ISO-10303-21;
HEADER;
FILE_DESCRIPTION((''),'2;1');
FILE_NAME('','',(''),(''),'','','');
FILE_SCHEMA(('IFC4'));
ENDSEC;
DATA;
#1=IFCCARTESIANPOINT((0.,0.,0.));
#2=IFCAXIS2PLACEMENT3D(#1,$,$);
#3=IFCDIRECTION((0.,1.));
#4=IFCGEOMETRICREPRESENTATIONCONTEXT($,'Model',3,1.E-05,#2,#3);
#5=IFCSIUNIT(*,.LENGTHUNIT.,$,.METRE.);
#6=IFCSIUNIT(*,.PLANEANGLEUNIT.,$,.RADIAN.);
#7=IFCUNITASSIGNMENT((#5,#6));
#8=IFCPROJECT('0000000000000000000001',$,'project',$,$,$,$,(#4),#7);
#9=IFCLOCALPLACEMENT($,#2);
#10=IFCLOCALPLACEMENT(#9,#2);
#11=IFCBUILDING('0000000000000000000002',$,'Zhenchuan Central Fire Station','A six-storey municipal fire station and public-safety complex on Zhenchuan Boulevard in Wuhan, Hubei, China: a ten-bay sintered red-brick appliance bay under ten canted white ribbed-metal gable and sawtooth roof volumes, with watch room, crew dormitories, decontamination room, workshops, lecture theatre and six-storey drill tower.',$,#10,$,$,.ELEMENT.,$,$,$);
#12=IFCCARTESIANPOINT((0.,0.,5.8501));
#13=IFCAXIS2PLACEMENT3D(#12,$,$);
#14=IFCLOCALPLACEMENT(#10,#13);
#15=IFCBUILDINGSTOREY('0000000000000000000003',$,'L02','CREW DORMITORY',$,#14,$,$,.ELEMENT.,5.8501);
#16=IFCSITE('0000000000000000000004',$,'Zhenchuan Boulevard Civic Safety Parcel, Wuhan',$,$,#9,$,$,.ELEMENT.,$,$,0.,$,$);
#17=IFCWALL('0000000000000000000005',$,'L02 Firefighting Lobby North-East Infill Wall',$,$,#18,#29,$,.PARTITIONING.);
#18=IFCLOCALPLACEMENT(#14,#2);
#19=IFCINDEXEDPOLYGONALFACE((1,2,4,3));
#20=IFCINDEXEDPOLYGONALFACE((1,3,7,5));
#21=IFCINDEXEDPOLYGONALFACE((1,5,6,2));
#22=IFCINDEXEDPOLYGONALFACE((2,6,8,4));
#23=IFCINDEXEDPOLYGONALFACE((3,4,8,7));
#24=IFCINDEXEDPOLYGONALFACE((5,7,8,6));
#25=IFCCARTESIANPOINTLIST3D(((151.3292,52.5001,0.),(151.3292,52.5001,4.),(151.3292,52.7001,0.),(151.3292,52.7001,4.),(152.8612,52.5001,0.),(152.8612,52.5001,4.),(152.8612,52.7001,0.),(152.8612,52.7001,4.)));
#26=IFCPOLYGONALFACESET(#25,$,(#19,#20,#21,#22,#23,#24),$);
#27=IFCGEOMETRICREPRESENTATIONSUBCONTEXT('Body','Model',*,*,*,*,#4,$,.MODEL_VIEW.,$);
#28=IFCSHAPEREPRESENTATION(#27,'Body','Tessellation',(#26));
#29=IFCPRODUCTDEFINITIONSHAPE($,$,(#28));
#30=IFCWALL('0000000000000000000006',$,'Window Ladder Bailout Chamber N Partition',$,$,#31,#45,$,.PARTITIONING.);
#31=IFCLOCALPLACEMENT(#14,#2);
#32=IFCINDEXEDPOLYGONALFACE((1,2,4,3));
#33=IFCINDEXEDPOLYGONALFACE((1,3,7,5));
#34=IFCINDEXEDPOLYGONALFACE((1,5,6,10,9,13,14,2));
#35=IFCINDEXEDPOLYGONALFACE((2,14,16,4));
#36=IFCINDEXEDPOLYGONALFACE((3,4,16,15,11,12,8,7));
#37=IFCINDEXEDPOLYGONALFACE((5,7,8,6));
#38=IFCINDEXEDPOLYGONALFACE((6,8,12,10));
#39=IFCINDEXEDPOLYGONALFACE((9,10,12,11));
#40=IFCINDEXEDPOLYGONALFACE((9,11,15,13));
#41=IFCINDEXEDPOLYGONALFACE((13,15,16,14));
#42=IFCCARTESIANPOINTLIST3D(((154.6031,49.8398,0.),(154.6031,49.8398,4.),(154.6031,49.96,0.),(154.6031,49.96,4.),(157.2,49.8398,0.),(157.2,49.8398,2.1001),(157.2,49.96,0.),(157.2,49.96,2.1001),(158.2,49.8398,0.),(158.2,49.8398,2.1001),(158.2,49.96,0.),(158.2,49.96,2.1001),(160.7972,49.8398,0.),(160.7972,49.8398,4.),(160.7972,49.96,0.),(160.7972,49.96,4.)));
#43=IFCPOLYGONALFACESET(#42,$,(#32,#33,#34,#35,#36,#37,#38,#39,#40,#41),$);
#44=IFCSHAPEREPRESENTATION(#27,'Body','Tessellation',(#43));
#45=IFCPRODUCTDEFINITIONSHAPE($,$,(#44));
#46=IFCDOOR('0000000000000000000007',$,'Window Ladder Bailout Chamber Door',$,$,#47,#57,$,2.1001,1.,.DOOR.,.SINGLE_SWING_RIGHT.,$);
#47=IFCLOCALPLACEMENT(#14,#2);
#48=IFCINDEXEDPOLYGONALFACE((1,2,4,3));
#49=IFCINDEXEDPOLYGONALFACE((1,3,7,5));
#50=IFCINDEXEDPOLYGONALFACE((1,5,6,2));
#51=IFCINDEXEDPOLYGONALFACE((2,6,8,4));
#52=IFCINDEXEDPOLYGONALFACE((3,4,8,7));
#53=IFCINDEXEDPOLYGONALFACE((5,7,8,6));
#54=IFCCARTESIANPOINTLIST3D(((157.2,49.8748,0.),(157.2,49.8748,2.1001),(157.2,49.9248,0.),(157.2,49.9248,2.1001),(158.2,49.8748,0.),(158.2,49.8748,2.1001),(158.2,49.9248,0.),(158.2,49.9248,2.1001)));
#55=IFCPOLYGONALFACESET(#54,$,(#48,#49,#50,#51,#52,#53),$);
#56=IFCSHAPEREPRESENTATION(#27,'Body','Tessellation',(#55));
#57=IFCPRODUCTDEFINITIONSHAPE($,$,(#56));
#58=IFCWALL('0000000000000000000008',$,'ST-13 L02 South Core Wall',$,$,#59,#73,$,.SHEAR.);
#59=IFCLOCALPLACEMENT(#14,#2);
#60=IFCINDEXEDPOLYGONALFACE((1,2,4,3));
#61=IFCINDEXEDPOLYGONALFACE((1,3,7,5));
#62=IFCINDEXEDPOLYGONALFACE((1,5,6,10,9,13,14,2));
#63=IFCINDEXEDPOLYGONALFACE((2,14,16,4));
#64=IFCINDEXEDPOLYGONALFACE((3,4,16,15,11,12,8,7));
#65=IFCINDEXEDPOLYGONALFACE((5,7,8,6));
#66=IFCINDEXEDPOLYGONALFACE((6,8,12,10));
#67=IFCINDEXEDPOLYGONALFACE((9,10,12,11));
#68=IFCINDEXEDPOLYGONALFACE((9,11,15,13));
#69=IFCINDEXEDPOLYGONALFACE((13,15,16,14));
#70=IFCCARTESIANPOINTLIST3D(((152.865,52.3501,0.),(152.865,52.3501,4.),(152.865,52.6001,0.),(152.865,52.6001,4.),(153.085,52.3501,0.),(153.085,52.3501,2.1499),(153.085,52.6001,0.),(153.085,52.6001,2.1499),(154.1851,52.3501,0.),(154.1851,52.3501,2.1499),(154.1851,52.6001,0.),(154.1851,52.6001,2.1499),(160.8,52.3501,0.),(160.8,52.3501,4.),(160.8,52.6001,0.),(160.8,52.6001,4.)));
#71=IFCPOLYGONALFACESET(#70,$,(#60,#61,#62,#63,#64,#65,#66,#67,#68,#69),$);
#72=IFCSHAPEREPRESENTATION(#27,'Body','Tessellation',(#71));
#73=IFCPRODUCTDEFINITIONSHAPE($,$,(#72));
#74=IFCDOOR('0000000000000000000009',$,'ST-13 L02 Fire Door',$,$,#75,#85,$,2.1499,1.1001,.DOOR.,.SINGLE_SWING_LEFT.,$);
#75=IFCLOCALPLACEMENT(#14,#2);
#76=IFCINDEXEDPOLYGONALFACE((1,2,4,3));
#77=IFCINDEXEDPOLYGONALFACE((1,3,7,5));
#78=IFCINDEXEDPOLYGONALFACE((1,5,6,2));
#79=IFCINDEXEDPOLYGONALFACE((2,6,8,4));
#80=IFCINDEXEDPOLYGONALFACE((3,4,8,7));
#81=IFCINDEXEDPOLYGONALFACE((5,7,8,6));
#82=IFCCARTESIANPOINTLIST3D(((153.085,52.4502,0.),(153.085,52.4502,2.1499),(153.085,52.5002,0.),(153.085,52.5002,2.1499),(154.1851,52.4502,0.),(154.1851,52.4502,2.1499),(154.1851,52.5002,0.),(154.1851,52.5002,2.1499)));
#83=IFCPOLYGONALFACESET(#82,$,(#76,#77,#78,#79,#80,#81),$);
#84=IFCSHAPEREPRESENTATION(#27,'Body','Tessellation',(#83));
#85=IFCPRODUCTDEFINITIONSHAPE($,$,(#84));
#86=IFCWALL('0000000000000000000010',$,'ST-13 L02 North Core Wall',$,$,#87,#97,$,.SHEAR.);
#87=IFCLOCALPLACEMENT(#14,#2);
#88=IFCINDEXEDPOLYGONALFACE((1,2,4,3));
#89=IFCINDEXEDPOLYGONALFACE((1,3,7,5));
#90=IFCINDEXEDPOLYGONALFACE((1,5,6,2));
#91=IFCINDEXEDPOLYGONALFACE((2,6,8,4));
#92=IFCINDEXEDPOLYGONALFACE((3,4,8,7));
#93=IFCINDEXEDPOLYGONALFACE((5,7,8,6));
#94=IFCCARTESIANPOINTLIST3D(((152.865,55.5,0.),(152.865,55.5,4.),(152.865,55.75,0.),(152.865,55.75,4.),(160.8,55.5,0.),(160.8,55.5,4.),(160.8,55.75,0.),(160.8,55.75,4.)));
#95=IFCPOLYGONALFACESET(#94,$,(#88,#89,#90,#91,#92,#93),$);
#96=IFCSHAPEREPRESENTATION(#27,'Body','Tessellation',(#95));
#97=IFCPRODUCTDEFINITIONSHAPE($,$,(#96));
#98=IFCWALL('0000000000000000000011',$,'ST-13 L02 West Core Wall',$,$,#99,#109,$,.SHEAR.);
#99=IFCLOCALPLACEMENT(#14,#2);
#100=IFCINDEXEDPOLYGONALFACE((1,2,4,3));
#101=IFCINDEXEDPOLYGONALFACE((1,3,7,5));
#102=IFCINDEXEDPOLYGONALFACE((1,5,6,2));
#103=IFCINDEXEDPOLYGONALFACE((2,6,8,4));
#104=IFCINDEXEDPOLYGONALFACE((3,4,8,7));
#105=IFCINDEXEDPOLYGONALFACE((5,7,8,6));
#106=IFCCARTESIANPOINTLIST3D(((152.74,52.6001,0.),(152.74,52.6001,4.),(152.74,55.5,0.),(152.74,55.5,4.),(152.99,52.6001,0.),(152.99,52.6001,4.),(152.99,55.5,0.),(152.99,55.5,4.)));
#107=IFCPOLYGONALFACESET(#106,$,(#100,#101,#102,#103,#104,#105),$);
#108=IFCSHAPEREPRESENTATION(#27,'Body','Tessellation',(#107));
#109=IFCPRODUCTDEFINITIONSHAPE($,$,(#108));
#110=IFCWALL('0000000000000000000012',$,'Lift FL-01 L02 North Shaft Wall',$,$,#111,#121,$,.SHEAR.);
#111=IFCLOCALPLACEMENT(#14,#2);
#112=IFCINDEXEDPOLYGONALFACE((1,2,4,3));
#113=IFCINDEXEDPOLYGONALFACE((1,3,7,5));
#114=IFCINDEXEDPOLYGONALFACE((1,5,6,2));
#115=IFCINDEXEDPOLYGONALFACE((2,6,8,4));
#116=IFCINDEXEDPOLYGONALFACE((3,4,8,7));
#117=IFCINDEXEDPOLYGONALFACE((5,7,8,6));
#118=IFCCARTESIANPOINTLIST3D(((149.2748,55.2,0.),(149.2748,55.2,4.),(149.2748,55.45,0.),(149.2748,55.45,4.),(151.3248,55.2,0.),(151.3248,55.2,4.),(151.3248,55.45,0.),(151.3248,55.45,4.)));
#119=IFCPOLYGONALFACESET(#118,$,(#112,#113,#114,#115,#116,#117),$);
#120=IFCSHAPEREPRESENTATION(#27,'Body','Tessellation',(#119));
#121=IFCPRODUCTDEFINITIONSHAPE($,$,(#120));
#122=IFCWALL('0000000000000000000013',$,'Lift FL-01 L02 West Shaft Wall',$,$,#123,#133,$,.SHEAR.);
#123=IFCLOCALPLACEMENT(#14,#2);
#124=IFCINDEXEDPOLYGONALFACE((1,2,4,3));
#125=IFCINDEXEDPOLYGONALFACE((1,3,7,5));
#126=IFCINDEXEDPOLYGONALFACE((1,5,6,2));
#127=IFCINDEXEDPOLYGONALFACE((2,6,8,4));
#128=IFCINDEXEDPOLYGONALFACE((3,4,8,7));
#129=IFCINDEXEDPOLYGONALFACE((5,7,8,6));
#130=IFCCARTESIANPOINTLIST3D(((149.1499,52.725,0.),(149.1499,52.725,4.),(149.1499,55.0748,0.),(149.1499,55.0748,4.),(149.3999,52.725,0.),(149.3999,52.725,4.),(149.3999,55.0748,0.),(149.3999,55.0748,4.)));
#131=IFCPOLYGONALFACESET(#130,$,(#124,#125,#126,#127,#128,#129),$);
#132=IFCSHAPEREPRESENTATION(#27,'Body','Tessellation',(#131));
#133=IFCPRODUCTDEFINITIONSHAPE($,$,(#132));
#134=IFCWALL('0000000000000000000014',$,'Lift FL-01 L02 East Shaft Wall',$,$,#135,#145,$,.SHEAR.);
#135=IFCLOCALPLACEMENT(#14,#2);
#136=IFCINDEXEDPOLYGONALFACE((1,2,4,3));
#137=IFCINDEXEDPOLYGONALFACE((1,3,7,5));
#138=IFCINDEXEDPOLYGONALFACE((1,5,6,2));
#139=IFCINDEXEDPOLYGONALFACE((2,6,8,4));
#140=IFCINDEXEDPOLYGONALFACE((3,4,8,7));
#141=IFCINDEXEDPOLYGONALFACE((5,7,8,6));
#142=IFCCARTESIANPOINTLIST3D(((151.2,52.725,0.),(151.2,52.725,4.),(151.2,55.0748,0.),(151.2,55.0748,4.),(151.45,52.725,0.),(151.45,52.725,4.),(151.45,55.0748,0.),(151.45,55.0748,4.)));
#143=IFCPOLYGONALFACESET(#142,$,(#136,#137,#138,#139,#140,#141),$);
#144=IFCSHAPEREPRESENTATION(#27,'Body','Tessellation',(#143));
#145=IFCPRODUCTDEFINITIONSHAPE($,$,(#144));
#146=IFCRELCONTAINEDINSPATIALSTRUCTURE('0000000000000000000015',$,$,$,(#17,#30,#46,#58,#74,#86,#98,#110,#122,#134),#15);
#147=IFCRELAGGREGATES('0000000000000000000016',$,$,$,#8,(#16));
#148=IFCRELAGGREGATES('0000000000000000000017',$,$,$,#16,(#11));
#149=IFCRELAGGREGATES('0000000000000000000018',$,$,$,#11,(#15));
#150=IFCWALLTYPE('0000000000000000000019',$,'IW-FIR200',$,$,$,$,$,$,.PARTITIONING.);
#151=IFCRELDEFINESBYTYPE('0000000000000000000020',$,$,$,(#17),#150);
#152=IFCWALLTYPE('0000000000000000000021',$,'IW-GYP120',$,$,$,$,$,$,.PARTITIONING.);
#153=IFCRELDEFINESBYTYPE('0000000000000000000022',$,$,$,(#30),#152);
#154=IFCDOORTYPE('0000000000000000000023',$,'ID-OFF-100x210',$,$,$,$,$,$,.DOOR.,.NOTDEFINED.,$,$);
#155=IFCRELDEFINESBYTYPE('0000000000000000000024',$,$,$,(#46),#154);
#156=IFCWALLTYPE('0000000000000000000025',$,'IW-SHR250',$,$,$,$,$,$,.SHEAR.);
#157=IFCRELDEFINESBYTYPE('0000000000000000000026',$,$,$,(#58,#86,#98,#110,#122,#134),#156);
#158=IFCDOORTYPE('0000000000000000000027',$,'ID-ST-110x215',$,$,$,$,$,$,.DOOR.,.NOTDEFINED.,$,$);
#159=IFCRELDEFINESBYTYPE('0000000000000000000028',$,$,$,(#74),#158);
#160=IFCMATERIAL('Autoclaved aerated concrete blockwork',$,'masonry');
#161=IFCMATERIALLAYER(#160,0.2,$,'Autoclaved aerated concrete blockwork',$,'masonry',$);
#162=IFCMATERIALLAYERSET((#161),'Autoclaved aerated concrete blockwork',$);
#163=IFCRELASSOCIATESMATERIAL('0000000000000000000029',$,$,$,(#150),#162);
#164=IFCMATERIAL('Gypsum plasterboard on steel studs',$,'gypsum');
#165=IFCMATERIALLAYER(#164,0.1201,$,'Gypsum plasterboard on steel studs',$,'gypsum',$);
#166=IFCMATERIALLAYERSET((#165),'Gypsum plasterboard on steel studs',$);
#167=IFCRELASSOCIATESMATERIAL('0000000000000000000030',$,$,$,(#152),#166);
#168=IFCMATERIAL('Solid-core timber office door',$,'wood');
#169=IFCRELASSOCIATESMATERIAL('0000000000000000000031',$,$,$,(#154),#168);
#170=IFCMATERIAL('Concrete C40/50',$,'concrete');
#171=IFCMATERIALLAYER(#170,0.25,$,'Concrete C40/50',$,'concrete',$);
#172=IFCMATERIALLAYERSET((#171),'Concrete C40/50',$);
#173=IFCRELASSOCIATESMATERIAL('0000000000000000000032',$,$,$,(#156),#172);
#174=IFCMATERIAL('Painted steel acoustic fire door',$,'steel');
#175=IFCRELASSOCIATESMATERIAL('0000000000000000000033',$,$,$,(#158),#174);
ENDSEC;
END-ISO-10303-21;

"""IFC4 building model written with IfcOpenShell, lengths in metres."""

from ifc_helpers import new_model, si_unit, direction, frame, frame_2d, origin, place, context, subcontext, project, spatial, rectangle, extrude, material, layer, layer_set, type_object, element, fill, save


model = new_model("IFC4")

# Units and contexts
model_context = context("Model", 3, precision=1e-05, world=origin(), true_north=direction((0.0, 1.0)))
body_context = subcontext(model_context, "Body", "Model", "MODEL_VIEW")
ifc_project = project(units=[si_unit("LENGTHUNIT", "METRE"), si_unit("PLANEANGLEUNIT", "RADIAN")], contexts=[model_context])

# Site, building, storey
site_placement = place(None, origin())
site = spatial("IfcSite", under=ifc_project, at=site_placement, Name="Zhenchuan Boulevard Civic Safety Parcel, Wuhan", CompositionType="ELEMENT", RefElevation=0.0)
building_placement = place(site_placement, origin())
building = spatial("IfcBuilding", under=site, at=building_placement, Name="Zhenchuan Central Fire Station", Description="A six-storey municipal fire station and public-safety complex on Zhenchuan Boulevard in Wuhan, Hubei, China: a ten-bay sintered red-brick appliance bay under ten canted white ribbed-metal gable and sawtooth roof volumes, with watch room, crew dormitories, decontamination room, workshops, lecture theatre and six-storey drill tower.", CompositionType="ELEMENT")
storey_placement = place(building_placement, frame((0.0, 0.0, 5.8501)))
storey = spatial("IfcBuildingStorey", under=building, at=storey_placement, Name="L02", Description="CREW DORMITORY", CompositionType="ELEMENT", Elevation=5.8501)

# Wall
ifc_material_1 = material(Name="Autoclaved aerated concrete blockwork", Category="masonry")
ifc_layer_1 = layer(ifc_material_1, 0.2, Name="Autoclaved aerated concrete blockwork", Category="masonry")
ifc_layer_set_1 = layer_set([ifc_layer_1], Name="Autoclaved aerated concrete blockwork")
wall_type_1 = type_object("IfcWallType", Name="IW-FIR200", PredefinedType="PARTITIONING", material=ifc_layer_set_1)
wall_1_placement = place(storey_placement, frame((151.3291, 52.6001, 0.0), z_axis=(0.0, 0.0, 1.0), x_axis=(1.0, 0.0, 0.0)))
element("IfcWall", 1, at=wall_1_placement, inside=storey, type_object=wall_type_1, Name="L02 Firefighting Lobby North-East Infill Wall", PredefinedType="PARTITIONING", context=body_context, shape_type="SweptSolid", body=[
    extrude(rectangle(XDim=1.532, YDim=0.2, at=frame_2d((0.7661, 0.0))), origin(), (0.0, 0.0, 1.0), 4.0),
])

# Walls, openings, doors
ifc_material_2 = material(Name="Gypsum plasterboard on steel studs", Category="gypsum")
ifc_layer_2 = layer(ifc_material_2, 0.1201, Name="Gypsum plasterboard on steel studs", Category="gypsum")
ifc_layer_set_2 = layer_set([ifc_layer_2], Name="Gypsum plasterboard on steel studs")
wall_type_2 = type_object("IfcWallType", Name="IW-GYP120", PredefinedType="PARTITIONING", material=ifc_layer_set_2)
wall_2_placement = place(storey_placement, frame((154.603, 49.8999, 0.0), z_axis=(0.0, 0.0, 1.0), x_axis=(1.0, 0.0, 0.0)))
wall_2 = element("IfcWall", 2, at=wall_2_placement, inside=storey, type_object=wall_type_2, Name="Window Ladder Bailout Chamber N Partition", PredefinedType="PARTITIONING", context=body_context, shape_type="SweptSolid", body=[
    extrude(rectangle(XDim=6.1941, YDim=0.1201, at=frame_2d((3.0972, 0.0))), origin(), (0.0, 0.0, 1.0), 4.0),
])
opening_1_placement = place(wall_2_placement, frame((2.5969, 0.0, 0.0)))
opening_1 = element("IfcOpeningElement", 3, at=opening_1_placement, cuts=wall_2, PredefinedType="OPENING", context=body_context, shape_type="SweptSolid", body=[
    extrude(rectangle(XDim=1.0, YDim=2.1001, at=frame_2d((0.5, 1.05))), frame((0.0, 0.0701, 0.0), z_axis=(0.0, -1.0, 0.0), x_axis=(1.0, 0.0, 0.0)), (0.0, 0.0, 1.0), 0.1401),
])
ifc_material_3 = material(Name="Solid-core timber office door", Category="wood")
door_type_1 = type_object("IfcDoorType", Name="ID-OFF-100x210", OperationType="NOTDEFINED", PredefinedType="DOOR", material=ifc_material_3)
door_1_placement = place(opening_1_placement, origin())
door_1 = element("IfcDoor", 4, at=door_1_placement, inside=storey, type_object=door_type_1, Name="Window Ladder Bailout Chamber Door", OperationType="SINGLE_SWING_RIGHT", OverallHeight=2.1001, OverallWidth=1.0, PredefinedType="DOOR", context=body_context, shape_type="SweptSolid", body=[
    extrude(rectangle(XDim=1.0, YDim=2.1001, at=frame_2d((0.5, 1.05))), frame((0.0, 0.0249, 0.0), z_axis=(0.0, -1.0, 0.0), x_axis=(1.0, 0.0, 0.0)), (0.0, 0.0, 1.0), 0.05),
])
fill(opening_1, door_1)
ifc_material_4 = material(Name="Concrete C40/50", Category="concrete")
ifc_layer_3 = layer(ifc_material_4, 0.25, Name="Concrete C40/50", Category="concrete")
ifc_layer_set_3 = layer_set([ifc_layer_3], Name="Concrete C40/50")
wall_type_3 = type_object("IfcWallType", Name="IW-SHR250", PredefinedType="SHEAR", material=ifc_layer_set_3)
wall_3_placement = place(storey_placement, frame((152.865, 52.4751, 0.0), z_axis=(0.0, 0.0, 1.0), x_axis=(1.0, 0.0, 0.0)))
wall_3 = element("IfcWall", 5, at=wall_3_placement, inside=storey, type_object=wall_type_3, Name="ST-13 L02 South Core Wall", PredefinedType="SHEAR", context=body_context, shape_type="SweptSolid", body=[
    extrude(rectangle(XDim=7.9351, YDim=0.25, at=frame_2d((3.9675, 0.0))), origin(), (0.0, 0.0, 1.0), 4.0),
])
opening_2_placement = place(wall_3_placement, frame((0.22, 0.0, 0.0)))
opening_2 = element("IfcOpeningElement", 6, at=opening_2_placement, cuts=wall_3, PredefinedType="OPENING", context=body_context, shape_type="SweptSolid", body=[
    extrude(rectangle(XDim=1.1001, YDim=2.1499, at=frame_2d((0.55, 1.075))), frame((0.0, 0.135, 0.0), z_axis=(0.0, -1.0, 0.0), x_axis=(1.0, 0.0, 0.0)), (0.0, 0.0, 1.0), 0.27),
])
ifc_material_5 = material(Name="Painted steel acoustic fire door", Category="steel")
door_type_2 = type_object("IfcDoorType", Name="ID-ST-110x215", OperationType="NOTDEFINED", PredefinedType="DOOR", material=ifc_material_5)
door_2_placement = place(opening_2_placement, frame((1.1001, 0.0, 0.0), z_axis=(0.0, 0.0, 1.0), x_axis=(-1.0, 0.0, 0.0)))
door_2 = element("IfcDoor", 7, at=door_2_placement, inside=storey, type_object=door_type_2, Name="ST-13 L02 Fire Door", OperationType="SINGLE_SWING_LEFT", OverallHeight=2.1499, OverallWidth=1.1001, PredefinedType="DOOR", context=body_context, shape_type="SweptSolid", body=[
    extrude(rectangle(XDim=1.1001, YDim=2.1499, at=frame_2d((0.55, 1.075))), frame((0.0, 0.0249, 0.0), z_axis=(0.0, -1.0, 0.0), x_axis=(1.0, 0.0, 0.0)), (0.0, 0.0, 1.0), 0.05),
])
fill(opening_2, door_2)

# Walls
wall_4_placement = place(storey_placement, frame((152.865, 55.625, 0.0), z_axis=(0.0, 0.0, 1.0), x_axis=(1.0, 0.0, 0.0)))
element("IfcWall", 8, at=wall_4_placement, inside=storey, type_object=wall_type_3, Name="ST-13 L02 North Core Wall", PredefinedType="SHEAR", context=body_context, shape_type="SweptSolid", body=[
    extrude(rectangle(XDim=7.9351, YDim=0.25, at=frame_2d((3.9675, 0.0))), origin(), (0.0, 0.0, 1.0), 4.0),
])
wall_5_placement = place(storey_placement, frame((152.865, 52.6001, 0.0), z_axis=(0.0, 0.0, 1.0), x_axis=(0.0, 1.0, 0.0)))
element("IfcWall", 9, at=wall_5_placement, inside=storey, type_object=wall_type_3, Name="ST-13 L02 West Core Wall", PredefinedType="SHEAR", context=body_context, shape_type="SweptSolid", body=[
    extrude(rectangle(XDim=2.8999, YDim=0.25, at=frame_2d((1.45, 0.0))), origin(), (0.0, 0.0, 1.0), 4.0),
])

# Walls
wall_6_placement = place(storey_placement, frame((149.2749, 55.325, 0.0), z_axis=(0.0, 0.0, 1.0), x_axis=(1.0, 0.0, 0.0)))
element("IfcWall", 10, at=wall_6_placement, inside=storey, type_object=wall_type_3, Name="Lift FL-01 L02 North Shaft Wall", PredefinedType="SHEAR", context=body_context, shape_type="SweptSolid", body=[
    extrude(rectangle(XDim=2.05, YDim=0.25, at=frame_2d((1.0249, 0.0))), origin(), (0.0, 0.0, 1.0), 4.0),
])
for number, where, z_axis, x_axis, name in (
    (11, (149.2749, 52.7251, 0.0), (0.0, 0.0, 1.0), (0.0, 1.0, 0.0), "Lift FL-01 L02 West Shaft Wall"),
    (12, (151.325, 52.7251, 0.0), (0.0, 0.0, 1.0), (0.0, 1.0, 0.0), "Lift FL-01 L02 East Shaft Wall"),
):
    element("IfcWall", number, at=place(storey_placement, frame(where, z_axis=z_axis, x_axis=x_axis)), inside=storey, type_object=wall_type_3, Name=name, PredefinedType="SHEAR", context=body_context, shape_type="SweptSolid", body=[
        extrude(rectangle(XDim=2.3499, YDim=0.25, at=frame_2d((1.1748, 0.0))), origin(), (0.0, 0.0, 1.0), 4.0),
    ])

save(model, "model.ifc")
